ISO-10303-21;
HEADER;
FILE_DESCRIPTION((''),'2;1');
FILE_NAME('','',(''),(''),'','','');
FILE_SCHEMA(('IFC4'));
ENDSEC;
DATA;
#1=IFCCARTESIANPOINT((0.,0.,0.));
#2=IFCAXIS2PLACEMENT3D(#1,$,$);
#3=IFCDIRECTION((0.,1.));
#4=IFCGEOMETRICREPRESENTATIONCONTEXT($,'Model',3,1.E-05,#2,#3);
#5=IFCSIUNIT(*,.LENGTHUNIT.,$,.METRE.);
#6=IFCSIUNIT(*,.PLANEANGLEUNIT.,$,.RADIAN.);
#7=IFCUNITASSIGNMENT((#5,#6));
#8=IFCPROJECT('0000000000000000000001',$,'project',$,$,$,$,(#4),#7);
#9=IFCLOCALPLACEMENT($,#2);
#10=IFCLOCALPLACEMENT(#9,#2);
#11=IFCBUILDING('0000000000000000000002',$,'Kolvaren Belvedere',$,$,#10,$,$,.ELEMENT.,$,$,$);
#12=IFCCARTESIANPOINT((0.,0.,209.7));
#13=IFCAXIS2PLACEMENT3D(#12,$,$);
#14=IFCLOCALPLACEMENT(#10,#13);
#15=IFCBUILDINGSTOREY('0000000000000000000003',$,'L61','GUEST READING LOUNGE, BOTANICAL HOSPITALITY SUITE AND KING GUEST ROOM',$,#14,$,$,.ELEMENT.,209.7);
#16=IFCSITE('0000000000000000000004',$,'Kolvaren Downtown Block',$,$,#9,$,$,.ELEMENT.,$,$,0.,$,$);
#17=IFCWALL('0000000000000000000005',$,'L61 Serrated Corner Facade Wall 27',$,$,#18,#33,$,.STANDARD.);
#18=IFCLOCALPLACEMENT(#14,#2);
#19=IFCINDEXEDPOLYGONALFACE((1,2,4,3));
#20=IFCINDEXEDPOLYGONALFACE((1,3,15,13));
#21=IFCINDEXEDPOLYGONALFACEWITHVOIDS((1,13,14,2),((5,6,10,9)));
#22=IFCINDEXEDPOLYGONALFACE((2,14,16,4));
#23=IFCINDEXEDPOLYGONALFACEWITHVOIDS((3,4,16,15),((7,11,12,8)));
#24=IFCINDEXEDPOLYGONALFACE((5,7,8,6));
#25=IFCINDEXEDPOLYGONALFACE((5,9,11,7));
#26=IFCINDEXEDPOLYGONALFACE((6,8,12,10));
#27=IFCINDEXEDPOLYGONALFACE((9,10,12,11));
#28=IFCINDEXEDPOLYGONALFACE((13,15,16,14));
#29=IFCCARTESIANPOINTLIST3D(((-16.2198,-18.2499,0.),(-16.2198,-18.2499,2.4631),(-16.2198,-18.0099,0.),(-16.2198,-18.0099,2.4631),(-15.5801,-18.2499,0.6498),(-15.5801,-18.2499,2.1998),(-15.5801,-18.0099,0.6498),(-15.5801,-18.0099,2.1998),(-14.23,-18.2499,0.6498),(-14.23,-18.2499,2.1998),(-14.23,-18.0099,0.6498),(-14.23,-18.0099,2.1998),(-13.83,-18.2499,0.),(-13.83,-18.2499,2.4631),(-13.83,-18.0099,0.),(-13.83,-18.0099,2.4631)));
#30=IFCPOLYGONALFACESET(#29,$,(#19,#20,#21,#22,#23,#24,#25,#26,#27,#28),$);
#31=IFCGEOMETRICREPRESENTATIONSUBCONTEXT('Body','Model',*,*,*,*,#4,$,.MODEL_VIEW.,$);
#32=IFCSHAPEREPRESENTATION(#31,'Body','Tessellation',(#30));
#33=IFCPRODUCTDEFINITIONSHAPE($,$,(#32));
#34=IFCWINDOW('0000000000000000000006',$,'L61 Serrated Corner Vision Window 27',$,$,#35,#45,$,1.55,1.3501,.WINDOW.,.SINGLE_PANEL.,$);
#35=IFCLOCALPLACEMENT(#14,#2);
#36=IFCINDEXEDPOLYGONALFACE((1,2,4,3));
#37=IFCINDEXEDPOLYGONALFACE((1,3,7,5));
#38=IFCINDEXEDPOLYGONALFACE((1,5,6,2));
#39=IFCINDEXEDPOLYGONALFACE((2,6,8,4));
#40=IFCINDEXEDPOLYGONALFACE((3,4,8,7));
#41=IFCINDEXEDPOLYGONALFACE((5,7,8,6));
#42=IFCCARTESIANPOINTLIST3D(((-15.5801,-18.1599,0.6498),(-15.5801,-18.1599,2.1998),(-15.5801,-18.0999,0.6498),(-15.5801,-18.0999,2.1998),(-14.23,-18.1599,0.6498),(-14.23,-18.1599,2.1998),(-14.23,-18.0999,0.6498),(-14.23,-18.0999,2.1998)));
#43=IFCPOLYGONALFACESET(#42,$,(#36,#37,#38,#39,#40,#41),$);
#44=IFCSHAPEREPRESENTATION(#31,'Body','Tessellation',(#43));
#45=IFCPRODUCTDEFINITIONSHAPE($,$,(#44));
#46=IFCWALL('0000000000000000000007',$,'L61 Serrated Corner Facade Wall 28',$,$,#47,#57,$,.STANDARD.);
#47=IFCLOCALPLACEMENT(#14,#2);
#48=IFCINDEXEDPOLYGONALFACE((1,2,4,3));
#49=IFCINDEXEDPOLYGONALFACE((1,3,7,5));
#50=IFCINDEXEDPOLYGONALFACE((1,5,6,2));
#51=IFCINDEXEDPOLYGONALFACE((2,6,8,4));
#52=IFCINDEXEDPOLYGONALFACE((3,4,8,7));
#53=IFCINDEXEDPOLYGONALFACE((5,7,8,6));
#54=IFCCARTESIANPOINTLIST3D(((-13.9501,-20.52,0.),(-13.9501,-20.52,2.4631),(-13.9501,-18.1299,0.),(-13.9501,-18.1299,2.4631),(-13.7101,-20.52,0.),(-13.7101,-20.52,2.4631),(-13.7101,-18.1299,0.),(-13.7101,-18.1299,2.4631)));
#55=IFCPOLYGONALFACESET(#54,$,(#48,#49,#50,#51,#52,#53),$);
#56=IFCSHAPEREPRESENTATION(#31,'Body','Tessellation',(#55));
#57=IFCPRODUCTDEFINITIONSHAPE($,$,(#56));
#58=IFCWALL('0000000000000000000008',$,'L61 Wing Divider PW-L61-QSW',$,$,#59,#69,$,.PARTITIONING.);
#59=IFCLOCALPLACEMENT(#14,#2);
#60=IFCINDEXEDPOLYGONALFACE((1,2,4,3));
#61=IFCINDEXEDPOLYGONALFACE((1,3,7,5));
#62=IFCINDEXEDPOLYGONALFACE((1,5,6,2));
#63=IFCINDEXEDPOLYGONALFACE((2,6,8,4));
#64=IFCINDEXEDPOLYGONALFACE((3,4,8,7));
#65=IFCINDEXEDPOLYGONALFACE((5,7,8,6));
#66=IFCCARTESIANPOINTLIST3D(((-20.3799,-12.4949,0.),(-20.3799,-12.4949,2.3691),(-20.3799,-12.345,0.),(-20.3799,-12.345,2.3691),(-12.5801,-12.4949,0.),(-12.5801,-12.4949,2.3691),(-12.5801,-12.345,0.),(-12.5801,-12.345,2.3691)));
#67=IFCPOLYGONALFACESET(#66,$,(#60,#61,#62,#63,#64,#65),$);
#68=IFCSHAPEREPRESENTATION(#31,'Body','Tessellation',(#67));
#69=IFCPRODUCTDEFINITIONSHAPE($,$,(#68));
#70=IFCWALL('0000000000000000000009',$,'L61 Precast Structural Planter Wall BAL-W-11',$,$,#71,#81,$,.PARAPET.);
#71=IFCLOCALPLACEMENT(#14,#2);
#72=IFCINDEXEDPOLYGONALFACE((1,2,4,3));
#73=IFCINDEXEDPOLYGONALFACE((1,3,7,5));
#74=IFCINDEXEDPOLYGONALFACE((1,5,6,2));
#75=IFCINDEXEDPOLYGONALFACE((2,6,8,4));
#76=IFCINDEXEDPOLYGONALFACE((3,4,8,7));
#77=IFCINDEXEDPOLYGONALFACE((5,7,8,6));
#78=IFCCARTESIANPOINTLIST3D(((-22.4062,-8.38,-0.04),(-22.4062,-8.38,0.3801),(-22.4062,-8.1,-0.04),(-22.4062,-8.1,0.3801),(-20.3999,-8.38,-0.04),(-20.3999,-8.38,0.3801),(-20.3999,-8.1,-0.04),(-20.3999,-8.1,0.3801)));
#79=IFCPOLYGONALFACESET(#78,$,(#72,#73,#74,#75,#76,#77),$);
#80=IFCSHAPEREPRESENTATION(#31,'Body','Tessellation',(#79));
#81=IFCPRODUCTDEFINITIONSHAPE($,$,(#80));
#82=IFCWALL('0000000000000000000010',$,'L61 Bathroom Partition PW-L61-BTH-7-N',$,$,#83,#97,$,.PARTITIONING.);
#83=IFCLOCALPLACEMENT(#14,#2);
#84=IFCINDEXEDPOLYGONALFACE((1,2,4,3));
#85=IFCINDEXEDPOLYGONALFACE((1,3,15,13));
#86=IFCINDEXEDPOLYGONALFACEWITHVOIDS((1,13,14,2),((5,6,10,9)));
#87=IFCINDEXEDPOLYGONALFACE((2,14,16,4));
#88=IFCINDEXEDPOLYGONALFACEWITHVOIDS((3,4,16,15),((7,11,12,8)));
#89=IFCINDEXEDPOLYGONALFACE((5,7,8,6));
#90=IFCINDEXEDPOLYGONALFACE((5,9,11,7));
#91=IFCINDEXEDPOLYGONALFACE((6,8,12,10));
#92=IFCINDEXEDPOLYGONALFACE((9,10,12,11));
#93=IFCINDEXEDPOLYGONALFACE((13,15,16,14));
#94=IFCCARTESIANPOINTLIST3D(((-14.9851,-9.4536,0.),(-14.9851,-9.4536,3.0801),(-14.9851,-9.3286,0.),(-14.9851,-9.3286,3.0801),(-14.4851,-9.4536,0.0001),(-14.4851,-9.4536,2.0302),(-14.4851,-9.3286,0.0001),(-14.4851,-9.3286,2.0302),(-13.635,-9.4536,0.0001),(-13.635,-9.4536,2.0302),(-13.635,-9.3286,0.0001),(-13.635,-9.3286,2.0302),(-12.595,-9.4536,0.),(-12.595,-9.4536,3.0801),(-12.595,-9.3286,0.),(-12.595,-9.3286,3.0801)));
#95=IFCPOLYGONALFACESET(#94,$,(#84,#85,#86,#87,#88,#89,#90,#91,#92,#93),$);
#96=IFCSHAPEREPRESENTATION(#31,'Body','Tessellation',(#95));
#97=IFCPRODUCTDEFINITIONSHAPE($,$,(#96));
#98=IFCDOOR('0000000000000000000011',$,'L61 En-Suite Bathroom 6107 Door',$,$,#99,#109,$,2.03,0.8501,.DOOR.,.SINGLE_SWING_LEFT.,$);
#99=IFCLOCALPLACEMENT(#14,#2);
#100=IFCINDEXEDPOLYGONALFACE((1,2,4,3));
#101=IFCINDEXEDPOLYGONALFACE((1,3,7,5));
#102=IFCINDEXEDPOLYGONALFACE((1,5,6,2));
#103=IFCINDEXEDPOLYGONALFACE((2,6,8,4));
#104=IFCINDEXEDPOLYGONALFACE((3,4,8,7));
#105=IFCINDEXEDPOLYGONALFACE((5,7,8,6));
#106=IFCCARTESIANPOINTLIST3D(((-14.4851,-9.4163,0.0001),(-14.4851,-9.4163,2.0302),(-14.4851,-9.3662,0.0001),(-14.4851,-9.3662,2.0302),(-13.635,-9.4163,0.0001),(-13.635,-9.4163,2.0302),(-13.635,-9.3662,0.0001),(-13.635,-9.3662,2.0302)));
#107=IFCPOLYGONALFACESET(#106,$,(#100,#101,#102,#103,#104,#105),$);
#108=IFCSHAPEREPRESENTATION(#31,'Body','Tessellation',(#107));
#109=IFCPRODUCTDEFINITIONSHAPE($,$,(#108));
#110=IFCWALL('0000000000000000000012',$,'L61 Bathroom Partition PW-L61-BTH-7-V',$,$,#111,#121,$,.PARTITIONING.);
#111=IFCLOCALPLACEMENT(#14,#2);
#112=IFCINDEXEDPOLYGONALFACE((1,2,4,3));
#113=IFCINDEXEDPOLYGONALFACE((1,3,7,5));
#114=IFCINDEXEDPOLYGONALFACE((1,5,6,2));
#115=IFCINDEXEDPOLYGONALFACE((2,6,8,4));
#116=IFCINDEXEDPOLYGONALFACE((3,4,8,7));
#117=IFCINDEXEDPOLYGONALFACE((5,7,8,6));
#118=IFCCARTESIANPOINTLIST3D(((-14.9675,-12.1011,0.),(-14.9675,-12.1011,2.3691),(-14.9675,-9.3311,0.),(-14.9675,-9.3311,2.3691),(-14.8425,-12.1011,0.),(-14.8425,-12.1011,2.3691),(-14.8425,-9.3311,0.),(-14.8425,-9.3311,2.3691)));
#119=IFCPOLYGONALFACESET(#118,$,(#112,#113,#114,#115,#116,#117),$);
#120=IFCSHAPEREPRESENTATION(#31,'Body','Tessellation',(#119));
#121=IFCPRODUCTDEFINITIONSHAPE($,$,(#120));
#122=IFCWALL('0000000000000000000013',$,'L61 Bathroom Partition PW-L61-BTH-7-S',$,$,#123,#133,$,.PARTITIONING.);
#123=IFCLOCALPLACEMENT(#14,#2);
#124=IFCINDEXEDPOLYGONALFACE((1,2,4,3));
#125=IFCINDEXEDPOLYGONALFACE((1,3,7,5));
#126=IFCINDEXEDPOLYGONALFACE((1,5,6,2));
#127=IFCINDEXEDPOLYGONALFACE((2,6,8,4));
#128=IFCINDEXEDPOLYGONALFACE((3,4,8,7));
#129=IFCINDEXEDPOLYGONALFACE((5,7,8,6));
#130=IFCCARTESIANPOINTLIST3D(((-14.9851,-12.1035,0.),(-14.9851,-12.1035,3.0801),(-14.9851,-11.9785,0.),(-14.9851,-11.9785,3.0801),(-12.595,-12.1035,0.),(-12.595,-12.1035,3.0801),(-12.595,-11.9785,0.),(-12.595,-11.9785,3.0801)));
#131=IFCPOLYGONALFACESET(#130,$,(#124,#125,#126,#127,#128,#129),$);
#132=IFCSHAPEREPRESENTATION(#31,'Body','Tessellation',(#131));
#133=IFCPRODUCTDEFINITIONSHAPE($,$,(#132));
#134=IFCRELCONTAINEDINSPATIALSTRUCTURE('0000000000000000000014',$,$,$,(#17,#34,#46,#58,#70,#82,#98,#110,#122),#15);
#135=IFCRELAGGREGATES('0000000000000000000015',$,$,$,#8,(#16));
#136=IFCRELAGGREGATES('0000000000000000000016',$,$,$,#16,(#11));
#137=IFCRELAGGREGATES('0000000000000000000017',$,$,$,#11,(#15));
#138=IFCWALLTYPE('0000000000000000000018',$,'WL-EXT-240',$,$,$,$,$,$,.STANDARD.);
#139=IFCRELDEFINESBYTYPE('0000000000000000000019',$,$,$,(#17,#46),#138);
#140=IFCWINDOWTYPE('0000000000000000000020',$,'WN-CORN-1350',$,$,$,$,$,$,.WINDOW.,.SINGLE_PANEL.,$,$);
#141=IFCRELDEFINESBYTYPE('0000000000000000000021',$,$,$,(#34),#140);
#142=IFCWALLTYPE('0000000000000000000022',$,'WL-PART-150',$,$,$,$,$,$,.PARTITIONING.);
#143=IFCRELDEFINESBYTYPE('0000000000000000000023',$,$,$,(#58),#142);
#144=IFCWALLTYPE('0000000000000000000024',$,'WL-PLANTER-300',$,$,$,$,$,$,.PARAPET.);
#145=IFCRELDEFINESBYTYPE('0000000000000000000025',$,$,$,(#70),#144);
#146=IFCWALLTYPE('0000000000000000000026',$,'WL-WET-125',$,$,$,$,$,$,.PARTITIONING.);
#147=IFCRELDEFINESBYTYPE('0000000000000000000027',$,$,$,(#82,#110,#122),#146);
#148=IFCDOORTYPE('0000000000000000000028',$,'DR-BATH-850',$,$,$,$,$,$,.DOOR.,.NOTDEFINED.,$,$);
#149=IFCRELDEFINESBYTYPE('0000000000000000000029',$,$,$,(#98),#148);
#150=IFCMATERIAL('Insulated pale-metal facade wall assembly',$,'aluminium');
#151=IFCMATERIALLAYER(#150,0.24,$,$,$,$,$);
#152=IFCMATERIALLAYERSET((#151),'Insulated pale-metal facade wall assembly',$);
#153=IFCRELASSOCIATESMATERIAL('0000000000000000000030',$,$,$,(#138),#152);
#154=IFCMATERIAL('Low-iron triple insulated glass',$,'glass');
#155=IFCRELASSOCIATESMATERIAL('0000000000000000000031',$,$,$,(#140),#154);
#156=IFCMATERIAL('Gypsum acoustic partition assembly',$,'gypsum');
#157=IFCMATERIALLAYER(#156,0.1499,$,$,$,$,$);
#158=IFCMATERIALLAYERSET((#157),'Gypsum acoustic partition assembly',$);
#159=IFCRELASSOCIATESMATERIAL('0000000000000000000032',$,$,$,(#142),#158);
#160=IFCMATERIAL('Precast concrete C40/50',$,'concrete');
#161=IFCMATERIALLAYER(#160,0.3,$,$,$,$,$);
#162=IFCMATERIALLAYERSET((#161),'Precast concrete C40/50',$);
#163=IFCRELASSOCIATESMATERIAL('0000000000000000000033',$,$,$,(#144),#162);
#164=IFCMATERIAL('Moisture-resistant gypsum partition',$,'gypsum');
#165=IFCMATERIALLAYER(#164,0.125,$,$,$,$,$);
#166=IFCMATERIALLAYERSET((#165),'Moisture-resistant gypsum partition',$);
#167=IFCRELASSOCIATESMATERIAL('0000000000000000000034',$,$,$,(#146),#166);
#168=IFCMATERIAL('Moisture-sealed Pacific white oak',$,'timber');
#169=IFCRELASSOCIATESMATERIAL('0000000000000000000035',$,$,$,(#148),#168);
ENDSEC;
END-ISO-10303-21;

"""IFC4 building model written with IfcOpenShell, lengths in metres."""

from ifc_helpers import new_model, si_unit, direction, frame, frame_2d, origin, place, context, subcontext, project, spatial, rectangle, extrude, material, layer, layer_set, type_object, element, fill, save


model = new_model("IFC4")

# Units and contexts
model_context = context("Model", 3, precision=1e-05, world=origin(), true_north=direction((0.0, 1.0)))
body_context = subcontext(model_context, "Body", "Model", "MODEL_VIEW")
ifc_project = project(units=[si_unit("LENGTHUNIT", "METRE"), si_unit("PLANEANGLEUNIT", "RADIAN")], contexts=[model_context])

# Site, building, storey
site_placement = place(None, origin())
site = spatial("IfcSite", under=ifc_project, at=site_placement, Name="Kolvaren Downtown Block", CompositionType="ELEMENT", RefElevation=0.0)
building_placement = place(site_placement, origin())
building = spatial("IfcBuilding", under=site, at=building_placement, Name="Kolvaren Belvedere", CompositionType="ELEMENT")
storey_placement = place(building_placement, frame((0.0, 0.0, 209.7)))
storey = spatial("IfcBuildingStorey", under=building, at=storey_placement, Name="L61", Description="GUEST READING LOUNGE, BOTANICAL HOSPITALITY SUITE AND KING GUEST ROOM", CompositionType="ELEMENT", Elevation=209.7)

# Shared definitions
ifc_material_1 = material(Name="Insulated pale-metal facade wall assembly", Category="aluminium")
ifc_layer_1 = layer(ifc_material_1, 0.24)
ifc_layer_set_1 = layer_set([ifc_layer_1], Name="Insulated pale-metal facade wall assembly")
wall_type_1 = type_object("IfcWallType", Name="WL-EXT-240", PredefinedType="STANDARD", material=ifc_layer_set_1)

# Wall, opening, window
ifc_material_2 = material(Name="Low-iron triple insulated glass", Category="glass")
window_type_1 = type_object("IfcWindowType", Name="WN-CORN-1350", PartitioningType="SINGLE_PANEL", PredefinedType="WINDOW", material=ifc_material_2)
wall_1_placement = place(storey_placement, frame((-13.8301, -18.1299, 0.0), z_axis=(0.0, 0.0, 1.0), x_axis=(-1.0, 0.0, 0.0)))
wall_1 = element("IfcWall", 1, at=wall_1_placement, inside=storey, type_object=wall_type_1, Name="L61 Serrated Corner Facade Wall 27", PredefinedType="STANDARD", context=body_context, shape_type="SweptSolid", body=[
    extrude(rectangle(XDim=2.3899, YDim=0.24, at=frame_2d((1.1948, 0.0))), origin(), (0.0, 0.0, 1.0), 2.4631),
])
opening_1_placement = place(wall_1_placement, frame((0.3999, 0.0, 0.6499)))
opening_1 = element("IfcOpeningElement", 2, at=opening_1_placement, cuts=wall_1, PredefinedType="OPENING", context=body_context, shape_type="SweptSolid", body=[
    extrude(rectangle(XDim=1.3501, YDim=1.55, at=frame_2d((0.675, 0.7749))), frame((0.0, 0.1299, 0.0), z_axis=(0.0, -1.0, 0.0), x_axis=(1.0, 0.0, 0.0)), (0.0, 0.0, 1.0), 0.26),
])
window_1_placement = place(opening_1_placement, origin())
window_1 = element("IfcWindow", 3, at=window_1_placement, inside=storey, type_object=window_type_1, Name="L61 Serrated Corner Vision Window 27", OverallHeight=1.55, OverallWidth=1.3501, PartitioningType="SINGLE_PANEL", PredefinedType="WINDOW", context=body_context, shape_type="SweptSolid", body=[
    extrude(rectangle(XDim=1.3501, YDim=1.55, at=frame_2d((0.675, 0.7749))), frame((0.0, 0.03, 0.0), z_axis=(0.0, -1.0, 0.0), x_axis=(1.0, 0.0, 0.0)), (0.0, 0.0, 1.0), 0.0601),
])
fill(opening_1, window_1)

# Walls
wall_2_placement = place(storey_placement, frame((-13.8301, -20.52, 0.0), z_axis=(0.0, 0.0, 1.0), x_axis=(0.0, 1.0, 0.0)))
element("IfcWall", 4, at=wall_2_placement, inside=storey, type_object=wall_type_1, Name="L61 Serrated Corner Facade Wall 28", PredefinedType="STANDARD", context=body_context, shape_type="SweptSolid", body=[
    extrude(rectangle(XDim=2.3901, YDim=0.24, at=frame_2d((1.1951, 0.0))), origin(), (0.0, 0.0, 1.0), 2.4631),
])
ifc_material_3 = material(Name="Gypsum acoustic partition assembly", Category="gypsum")
ifc_layer_2 = layer(ifc_material_3, 0.1499)
ifc_layer_set_2 = layer_set([ifc_layer_2], Name="Gypsum acoustic partition assembly")
wall_type_2 = type_object("IfcWallType", Name="WL-PART-150", PredefinedType="PARTITIONING", material=ifc_layer_set_2)
wall_3_placement = place(storey_placement, frame((-20.3799, -12.4199, 0.0), z_axis=(0.0, 0.0, 1.0), x_axis=(1.0, 0.0, 0.0)))
element("IfcWall", 5, at=wall_3_placement, inside=storey, type_object=wall_type_2, Name="L61 Wing Divider PW-L61-QSW", PredefinedType="PARTITIONING", context=body_context, shape_type="SweptSolid", body=[
    extrude(rectangle(XDim=7.7998, YDim=0.1499, at=frame_2d((3.8999, 0.0))), origin(), (0.0, 0.0, 1.0), 2.3691),
])
ifc_material_4 = material(Name="Precast concrete C40/50", Category="concrete")
ifc_layer_3 = layer(ifc_material_4, 0.3)
ifc_layer_set_3 = layer_set([ifc_layer_3], Name="Precast concrete C40/50")
wall_type_3 = type_object("IfcWallType", Name="WL-PLANTER-300", PredefinedType="PARAPET", material=ifc_layer_set_3)
wall_4_placement = place(storey_placement, frame((-22.4062, -8.24, -0.04), z_axis=(0.0, 0.0, 1.0), x_axis=(1.0, 0.0, 0.0)))
element("IfcWall", 6, at=wall_4_placement, inside=storey, type_object=wall_type_3, Name="L61 Precast Structural Planter Wall BAL-W-11", PredefinedType="PARAPET", context=body_context, shape_type="SweptSolid", body=[
    extrude(rectangle(XDim=2.0063, YDim=0.28, at=frame_2d((1.0032, 0.0))), origin(), (0.0, 0.0, 1.0), 0.4202),
])

# Wall, opening, door
ifc_material_5 = material(Name="Moisture-resistant gypsum partition", Category="gypsum")
ifc_layer_4 = layer(ifc_material_5, 0.125)
ifc_layer_set_4 = layer_set([ifc_layer_4], Name="Moisture-resistant gypsum partition")
wall_type_4 = type_object("IfcWallType", Name="WL-WET-125", PredefinedType="PARTITIONING", material=ifc_layer_set_4)
wall_5_placement = place(storey_placement, frame((-14.9851, -9.3911, 0.0), z_axis=(0.0, 0.0, 1.0), x_axis=(1.0, 0.0, 0.0)))
wall_5 = element("IfcWall", 7, at=wall_5_placement, inside=storey, type_object=wall_type_4, Name="L61 Bathroom Partition PW-L61-BTH-7-N", PredefinedType="PARTITIONING", context=body_context, shape_type="SweptSolid", body=[
    extrude(rectangle(XDim=2.3901, YDim=0.125, at=frame_2d((1.1951, 0.0))), origin(), (0.0, 0.0, 1.0), 3.0801),
])
opening_2_placement = place(wall_5_placement, frame((0.5, 0.0, 0.0)))
opening_2 = element("IfcOpeningElement", 8, at=opening_2_placement, cuts=wall_5, PredefinedType="OPENING", context=body_context, shape_type="SweptSolid", body=[
    extrude(rectangle(XDim=0.8501, YDim=2.03, at=frame_2d((0.425, 1.0151))), frame((0.0, 0.0725, 0.0), z_axis=(0.0, -1.0, 0.0), x_axis=(1.0, 0.0, 0.0)), (0.0, 0.0, 1.0), 0.145),
])
ifc_material_6 = material(Name="Moisture-sealed Pacific white oak", Category="timber")
door_type = type_object("IfcDoorType", Name="DR-BATH-850", OperationType="NOTDEFINED", PredefinedType="DOOR", material=ifc_material_6)
door_placement = place(opening_2_placement, origin())
door = element("IfcDoor", 9, at=door_placement, inside=storey, type_object=door_type, Name="L61 En-Suite Bathroom 6107 Door", OperationType="SINGLE_SWING_LEFT", OverallHeight=2.03, OverallWidth=0.8501, PredefinedType="DOOR", context=body_context, shape_type="SweptSolid", body=[
    extrude(rectangle(XDim=0.8501, YDim=2.03, at=frame_2d((0.425, 1.0151))), frame((0.0, 0.0249, 0.0), z_axis=(0.0, -1.0, 0.0), x_axis=(1.0, 0.0, 0.0)), (0.0, 0.0, 1.0), 0.05),
])
fill(opening_2, door)

# Walls
wall_6_placement = place(storey_placement, frame((-14.905, -12.1011, 0.0), z_axis=(0.0, 0.0, 1.0), x_axis=(0.0, 1.0, 0.0)))
element("IfcWall", 10, at=wall_6_placement, inside=storey, type_object=wall_type_4, Name="L61 Bathroom Partition PW-L61-BTH-7-V", PredefinedType="PARTITIONING", context=body_context, shape_type="SweptSolid", body=[
    extrude(rectangle(XDim=2.77, YDim=0.125, at=frame_2d((1.385, 0.0))), origin(), (0.0, 0.0, 1.0), 2.3691),
])
wall_7_placement = place(storey_placement, frame((-14.9851, -12.041, 0.0), z_axis=(0.0, 0.0, 1.0), x_axis=(1.0, 0.0, 0.0)))
element("IfcWall", 11, at=wall_7_placement, inside=storey, type_object=wall_type_4, Name="L61 Bathroom Partition PW-L61-BTH-7-S", PredefinedType="PARTITIONING", context=body_context, shape_type="SweptSolid", body=[
    extrude(rectangle(XDim=2.3901, YDim=0.125, at=frame_2d((1.1951, 0.0))), origin(), (0.0, 0.0, 1.0), 3.0801),
])

save(model, "model.ifc")
